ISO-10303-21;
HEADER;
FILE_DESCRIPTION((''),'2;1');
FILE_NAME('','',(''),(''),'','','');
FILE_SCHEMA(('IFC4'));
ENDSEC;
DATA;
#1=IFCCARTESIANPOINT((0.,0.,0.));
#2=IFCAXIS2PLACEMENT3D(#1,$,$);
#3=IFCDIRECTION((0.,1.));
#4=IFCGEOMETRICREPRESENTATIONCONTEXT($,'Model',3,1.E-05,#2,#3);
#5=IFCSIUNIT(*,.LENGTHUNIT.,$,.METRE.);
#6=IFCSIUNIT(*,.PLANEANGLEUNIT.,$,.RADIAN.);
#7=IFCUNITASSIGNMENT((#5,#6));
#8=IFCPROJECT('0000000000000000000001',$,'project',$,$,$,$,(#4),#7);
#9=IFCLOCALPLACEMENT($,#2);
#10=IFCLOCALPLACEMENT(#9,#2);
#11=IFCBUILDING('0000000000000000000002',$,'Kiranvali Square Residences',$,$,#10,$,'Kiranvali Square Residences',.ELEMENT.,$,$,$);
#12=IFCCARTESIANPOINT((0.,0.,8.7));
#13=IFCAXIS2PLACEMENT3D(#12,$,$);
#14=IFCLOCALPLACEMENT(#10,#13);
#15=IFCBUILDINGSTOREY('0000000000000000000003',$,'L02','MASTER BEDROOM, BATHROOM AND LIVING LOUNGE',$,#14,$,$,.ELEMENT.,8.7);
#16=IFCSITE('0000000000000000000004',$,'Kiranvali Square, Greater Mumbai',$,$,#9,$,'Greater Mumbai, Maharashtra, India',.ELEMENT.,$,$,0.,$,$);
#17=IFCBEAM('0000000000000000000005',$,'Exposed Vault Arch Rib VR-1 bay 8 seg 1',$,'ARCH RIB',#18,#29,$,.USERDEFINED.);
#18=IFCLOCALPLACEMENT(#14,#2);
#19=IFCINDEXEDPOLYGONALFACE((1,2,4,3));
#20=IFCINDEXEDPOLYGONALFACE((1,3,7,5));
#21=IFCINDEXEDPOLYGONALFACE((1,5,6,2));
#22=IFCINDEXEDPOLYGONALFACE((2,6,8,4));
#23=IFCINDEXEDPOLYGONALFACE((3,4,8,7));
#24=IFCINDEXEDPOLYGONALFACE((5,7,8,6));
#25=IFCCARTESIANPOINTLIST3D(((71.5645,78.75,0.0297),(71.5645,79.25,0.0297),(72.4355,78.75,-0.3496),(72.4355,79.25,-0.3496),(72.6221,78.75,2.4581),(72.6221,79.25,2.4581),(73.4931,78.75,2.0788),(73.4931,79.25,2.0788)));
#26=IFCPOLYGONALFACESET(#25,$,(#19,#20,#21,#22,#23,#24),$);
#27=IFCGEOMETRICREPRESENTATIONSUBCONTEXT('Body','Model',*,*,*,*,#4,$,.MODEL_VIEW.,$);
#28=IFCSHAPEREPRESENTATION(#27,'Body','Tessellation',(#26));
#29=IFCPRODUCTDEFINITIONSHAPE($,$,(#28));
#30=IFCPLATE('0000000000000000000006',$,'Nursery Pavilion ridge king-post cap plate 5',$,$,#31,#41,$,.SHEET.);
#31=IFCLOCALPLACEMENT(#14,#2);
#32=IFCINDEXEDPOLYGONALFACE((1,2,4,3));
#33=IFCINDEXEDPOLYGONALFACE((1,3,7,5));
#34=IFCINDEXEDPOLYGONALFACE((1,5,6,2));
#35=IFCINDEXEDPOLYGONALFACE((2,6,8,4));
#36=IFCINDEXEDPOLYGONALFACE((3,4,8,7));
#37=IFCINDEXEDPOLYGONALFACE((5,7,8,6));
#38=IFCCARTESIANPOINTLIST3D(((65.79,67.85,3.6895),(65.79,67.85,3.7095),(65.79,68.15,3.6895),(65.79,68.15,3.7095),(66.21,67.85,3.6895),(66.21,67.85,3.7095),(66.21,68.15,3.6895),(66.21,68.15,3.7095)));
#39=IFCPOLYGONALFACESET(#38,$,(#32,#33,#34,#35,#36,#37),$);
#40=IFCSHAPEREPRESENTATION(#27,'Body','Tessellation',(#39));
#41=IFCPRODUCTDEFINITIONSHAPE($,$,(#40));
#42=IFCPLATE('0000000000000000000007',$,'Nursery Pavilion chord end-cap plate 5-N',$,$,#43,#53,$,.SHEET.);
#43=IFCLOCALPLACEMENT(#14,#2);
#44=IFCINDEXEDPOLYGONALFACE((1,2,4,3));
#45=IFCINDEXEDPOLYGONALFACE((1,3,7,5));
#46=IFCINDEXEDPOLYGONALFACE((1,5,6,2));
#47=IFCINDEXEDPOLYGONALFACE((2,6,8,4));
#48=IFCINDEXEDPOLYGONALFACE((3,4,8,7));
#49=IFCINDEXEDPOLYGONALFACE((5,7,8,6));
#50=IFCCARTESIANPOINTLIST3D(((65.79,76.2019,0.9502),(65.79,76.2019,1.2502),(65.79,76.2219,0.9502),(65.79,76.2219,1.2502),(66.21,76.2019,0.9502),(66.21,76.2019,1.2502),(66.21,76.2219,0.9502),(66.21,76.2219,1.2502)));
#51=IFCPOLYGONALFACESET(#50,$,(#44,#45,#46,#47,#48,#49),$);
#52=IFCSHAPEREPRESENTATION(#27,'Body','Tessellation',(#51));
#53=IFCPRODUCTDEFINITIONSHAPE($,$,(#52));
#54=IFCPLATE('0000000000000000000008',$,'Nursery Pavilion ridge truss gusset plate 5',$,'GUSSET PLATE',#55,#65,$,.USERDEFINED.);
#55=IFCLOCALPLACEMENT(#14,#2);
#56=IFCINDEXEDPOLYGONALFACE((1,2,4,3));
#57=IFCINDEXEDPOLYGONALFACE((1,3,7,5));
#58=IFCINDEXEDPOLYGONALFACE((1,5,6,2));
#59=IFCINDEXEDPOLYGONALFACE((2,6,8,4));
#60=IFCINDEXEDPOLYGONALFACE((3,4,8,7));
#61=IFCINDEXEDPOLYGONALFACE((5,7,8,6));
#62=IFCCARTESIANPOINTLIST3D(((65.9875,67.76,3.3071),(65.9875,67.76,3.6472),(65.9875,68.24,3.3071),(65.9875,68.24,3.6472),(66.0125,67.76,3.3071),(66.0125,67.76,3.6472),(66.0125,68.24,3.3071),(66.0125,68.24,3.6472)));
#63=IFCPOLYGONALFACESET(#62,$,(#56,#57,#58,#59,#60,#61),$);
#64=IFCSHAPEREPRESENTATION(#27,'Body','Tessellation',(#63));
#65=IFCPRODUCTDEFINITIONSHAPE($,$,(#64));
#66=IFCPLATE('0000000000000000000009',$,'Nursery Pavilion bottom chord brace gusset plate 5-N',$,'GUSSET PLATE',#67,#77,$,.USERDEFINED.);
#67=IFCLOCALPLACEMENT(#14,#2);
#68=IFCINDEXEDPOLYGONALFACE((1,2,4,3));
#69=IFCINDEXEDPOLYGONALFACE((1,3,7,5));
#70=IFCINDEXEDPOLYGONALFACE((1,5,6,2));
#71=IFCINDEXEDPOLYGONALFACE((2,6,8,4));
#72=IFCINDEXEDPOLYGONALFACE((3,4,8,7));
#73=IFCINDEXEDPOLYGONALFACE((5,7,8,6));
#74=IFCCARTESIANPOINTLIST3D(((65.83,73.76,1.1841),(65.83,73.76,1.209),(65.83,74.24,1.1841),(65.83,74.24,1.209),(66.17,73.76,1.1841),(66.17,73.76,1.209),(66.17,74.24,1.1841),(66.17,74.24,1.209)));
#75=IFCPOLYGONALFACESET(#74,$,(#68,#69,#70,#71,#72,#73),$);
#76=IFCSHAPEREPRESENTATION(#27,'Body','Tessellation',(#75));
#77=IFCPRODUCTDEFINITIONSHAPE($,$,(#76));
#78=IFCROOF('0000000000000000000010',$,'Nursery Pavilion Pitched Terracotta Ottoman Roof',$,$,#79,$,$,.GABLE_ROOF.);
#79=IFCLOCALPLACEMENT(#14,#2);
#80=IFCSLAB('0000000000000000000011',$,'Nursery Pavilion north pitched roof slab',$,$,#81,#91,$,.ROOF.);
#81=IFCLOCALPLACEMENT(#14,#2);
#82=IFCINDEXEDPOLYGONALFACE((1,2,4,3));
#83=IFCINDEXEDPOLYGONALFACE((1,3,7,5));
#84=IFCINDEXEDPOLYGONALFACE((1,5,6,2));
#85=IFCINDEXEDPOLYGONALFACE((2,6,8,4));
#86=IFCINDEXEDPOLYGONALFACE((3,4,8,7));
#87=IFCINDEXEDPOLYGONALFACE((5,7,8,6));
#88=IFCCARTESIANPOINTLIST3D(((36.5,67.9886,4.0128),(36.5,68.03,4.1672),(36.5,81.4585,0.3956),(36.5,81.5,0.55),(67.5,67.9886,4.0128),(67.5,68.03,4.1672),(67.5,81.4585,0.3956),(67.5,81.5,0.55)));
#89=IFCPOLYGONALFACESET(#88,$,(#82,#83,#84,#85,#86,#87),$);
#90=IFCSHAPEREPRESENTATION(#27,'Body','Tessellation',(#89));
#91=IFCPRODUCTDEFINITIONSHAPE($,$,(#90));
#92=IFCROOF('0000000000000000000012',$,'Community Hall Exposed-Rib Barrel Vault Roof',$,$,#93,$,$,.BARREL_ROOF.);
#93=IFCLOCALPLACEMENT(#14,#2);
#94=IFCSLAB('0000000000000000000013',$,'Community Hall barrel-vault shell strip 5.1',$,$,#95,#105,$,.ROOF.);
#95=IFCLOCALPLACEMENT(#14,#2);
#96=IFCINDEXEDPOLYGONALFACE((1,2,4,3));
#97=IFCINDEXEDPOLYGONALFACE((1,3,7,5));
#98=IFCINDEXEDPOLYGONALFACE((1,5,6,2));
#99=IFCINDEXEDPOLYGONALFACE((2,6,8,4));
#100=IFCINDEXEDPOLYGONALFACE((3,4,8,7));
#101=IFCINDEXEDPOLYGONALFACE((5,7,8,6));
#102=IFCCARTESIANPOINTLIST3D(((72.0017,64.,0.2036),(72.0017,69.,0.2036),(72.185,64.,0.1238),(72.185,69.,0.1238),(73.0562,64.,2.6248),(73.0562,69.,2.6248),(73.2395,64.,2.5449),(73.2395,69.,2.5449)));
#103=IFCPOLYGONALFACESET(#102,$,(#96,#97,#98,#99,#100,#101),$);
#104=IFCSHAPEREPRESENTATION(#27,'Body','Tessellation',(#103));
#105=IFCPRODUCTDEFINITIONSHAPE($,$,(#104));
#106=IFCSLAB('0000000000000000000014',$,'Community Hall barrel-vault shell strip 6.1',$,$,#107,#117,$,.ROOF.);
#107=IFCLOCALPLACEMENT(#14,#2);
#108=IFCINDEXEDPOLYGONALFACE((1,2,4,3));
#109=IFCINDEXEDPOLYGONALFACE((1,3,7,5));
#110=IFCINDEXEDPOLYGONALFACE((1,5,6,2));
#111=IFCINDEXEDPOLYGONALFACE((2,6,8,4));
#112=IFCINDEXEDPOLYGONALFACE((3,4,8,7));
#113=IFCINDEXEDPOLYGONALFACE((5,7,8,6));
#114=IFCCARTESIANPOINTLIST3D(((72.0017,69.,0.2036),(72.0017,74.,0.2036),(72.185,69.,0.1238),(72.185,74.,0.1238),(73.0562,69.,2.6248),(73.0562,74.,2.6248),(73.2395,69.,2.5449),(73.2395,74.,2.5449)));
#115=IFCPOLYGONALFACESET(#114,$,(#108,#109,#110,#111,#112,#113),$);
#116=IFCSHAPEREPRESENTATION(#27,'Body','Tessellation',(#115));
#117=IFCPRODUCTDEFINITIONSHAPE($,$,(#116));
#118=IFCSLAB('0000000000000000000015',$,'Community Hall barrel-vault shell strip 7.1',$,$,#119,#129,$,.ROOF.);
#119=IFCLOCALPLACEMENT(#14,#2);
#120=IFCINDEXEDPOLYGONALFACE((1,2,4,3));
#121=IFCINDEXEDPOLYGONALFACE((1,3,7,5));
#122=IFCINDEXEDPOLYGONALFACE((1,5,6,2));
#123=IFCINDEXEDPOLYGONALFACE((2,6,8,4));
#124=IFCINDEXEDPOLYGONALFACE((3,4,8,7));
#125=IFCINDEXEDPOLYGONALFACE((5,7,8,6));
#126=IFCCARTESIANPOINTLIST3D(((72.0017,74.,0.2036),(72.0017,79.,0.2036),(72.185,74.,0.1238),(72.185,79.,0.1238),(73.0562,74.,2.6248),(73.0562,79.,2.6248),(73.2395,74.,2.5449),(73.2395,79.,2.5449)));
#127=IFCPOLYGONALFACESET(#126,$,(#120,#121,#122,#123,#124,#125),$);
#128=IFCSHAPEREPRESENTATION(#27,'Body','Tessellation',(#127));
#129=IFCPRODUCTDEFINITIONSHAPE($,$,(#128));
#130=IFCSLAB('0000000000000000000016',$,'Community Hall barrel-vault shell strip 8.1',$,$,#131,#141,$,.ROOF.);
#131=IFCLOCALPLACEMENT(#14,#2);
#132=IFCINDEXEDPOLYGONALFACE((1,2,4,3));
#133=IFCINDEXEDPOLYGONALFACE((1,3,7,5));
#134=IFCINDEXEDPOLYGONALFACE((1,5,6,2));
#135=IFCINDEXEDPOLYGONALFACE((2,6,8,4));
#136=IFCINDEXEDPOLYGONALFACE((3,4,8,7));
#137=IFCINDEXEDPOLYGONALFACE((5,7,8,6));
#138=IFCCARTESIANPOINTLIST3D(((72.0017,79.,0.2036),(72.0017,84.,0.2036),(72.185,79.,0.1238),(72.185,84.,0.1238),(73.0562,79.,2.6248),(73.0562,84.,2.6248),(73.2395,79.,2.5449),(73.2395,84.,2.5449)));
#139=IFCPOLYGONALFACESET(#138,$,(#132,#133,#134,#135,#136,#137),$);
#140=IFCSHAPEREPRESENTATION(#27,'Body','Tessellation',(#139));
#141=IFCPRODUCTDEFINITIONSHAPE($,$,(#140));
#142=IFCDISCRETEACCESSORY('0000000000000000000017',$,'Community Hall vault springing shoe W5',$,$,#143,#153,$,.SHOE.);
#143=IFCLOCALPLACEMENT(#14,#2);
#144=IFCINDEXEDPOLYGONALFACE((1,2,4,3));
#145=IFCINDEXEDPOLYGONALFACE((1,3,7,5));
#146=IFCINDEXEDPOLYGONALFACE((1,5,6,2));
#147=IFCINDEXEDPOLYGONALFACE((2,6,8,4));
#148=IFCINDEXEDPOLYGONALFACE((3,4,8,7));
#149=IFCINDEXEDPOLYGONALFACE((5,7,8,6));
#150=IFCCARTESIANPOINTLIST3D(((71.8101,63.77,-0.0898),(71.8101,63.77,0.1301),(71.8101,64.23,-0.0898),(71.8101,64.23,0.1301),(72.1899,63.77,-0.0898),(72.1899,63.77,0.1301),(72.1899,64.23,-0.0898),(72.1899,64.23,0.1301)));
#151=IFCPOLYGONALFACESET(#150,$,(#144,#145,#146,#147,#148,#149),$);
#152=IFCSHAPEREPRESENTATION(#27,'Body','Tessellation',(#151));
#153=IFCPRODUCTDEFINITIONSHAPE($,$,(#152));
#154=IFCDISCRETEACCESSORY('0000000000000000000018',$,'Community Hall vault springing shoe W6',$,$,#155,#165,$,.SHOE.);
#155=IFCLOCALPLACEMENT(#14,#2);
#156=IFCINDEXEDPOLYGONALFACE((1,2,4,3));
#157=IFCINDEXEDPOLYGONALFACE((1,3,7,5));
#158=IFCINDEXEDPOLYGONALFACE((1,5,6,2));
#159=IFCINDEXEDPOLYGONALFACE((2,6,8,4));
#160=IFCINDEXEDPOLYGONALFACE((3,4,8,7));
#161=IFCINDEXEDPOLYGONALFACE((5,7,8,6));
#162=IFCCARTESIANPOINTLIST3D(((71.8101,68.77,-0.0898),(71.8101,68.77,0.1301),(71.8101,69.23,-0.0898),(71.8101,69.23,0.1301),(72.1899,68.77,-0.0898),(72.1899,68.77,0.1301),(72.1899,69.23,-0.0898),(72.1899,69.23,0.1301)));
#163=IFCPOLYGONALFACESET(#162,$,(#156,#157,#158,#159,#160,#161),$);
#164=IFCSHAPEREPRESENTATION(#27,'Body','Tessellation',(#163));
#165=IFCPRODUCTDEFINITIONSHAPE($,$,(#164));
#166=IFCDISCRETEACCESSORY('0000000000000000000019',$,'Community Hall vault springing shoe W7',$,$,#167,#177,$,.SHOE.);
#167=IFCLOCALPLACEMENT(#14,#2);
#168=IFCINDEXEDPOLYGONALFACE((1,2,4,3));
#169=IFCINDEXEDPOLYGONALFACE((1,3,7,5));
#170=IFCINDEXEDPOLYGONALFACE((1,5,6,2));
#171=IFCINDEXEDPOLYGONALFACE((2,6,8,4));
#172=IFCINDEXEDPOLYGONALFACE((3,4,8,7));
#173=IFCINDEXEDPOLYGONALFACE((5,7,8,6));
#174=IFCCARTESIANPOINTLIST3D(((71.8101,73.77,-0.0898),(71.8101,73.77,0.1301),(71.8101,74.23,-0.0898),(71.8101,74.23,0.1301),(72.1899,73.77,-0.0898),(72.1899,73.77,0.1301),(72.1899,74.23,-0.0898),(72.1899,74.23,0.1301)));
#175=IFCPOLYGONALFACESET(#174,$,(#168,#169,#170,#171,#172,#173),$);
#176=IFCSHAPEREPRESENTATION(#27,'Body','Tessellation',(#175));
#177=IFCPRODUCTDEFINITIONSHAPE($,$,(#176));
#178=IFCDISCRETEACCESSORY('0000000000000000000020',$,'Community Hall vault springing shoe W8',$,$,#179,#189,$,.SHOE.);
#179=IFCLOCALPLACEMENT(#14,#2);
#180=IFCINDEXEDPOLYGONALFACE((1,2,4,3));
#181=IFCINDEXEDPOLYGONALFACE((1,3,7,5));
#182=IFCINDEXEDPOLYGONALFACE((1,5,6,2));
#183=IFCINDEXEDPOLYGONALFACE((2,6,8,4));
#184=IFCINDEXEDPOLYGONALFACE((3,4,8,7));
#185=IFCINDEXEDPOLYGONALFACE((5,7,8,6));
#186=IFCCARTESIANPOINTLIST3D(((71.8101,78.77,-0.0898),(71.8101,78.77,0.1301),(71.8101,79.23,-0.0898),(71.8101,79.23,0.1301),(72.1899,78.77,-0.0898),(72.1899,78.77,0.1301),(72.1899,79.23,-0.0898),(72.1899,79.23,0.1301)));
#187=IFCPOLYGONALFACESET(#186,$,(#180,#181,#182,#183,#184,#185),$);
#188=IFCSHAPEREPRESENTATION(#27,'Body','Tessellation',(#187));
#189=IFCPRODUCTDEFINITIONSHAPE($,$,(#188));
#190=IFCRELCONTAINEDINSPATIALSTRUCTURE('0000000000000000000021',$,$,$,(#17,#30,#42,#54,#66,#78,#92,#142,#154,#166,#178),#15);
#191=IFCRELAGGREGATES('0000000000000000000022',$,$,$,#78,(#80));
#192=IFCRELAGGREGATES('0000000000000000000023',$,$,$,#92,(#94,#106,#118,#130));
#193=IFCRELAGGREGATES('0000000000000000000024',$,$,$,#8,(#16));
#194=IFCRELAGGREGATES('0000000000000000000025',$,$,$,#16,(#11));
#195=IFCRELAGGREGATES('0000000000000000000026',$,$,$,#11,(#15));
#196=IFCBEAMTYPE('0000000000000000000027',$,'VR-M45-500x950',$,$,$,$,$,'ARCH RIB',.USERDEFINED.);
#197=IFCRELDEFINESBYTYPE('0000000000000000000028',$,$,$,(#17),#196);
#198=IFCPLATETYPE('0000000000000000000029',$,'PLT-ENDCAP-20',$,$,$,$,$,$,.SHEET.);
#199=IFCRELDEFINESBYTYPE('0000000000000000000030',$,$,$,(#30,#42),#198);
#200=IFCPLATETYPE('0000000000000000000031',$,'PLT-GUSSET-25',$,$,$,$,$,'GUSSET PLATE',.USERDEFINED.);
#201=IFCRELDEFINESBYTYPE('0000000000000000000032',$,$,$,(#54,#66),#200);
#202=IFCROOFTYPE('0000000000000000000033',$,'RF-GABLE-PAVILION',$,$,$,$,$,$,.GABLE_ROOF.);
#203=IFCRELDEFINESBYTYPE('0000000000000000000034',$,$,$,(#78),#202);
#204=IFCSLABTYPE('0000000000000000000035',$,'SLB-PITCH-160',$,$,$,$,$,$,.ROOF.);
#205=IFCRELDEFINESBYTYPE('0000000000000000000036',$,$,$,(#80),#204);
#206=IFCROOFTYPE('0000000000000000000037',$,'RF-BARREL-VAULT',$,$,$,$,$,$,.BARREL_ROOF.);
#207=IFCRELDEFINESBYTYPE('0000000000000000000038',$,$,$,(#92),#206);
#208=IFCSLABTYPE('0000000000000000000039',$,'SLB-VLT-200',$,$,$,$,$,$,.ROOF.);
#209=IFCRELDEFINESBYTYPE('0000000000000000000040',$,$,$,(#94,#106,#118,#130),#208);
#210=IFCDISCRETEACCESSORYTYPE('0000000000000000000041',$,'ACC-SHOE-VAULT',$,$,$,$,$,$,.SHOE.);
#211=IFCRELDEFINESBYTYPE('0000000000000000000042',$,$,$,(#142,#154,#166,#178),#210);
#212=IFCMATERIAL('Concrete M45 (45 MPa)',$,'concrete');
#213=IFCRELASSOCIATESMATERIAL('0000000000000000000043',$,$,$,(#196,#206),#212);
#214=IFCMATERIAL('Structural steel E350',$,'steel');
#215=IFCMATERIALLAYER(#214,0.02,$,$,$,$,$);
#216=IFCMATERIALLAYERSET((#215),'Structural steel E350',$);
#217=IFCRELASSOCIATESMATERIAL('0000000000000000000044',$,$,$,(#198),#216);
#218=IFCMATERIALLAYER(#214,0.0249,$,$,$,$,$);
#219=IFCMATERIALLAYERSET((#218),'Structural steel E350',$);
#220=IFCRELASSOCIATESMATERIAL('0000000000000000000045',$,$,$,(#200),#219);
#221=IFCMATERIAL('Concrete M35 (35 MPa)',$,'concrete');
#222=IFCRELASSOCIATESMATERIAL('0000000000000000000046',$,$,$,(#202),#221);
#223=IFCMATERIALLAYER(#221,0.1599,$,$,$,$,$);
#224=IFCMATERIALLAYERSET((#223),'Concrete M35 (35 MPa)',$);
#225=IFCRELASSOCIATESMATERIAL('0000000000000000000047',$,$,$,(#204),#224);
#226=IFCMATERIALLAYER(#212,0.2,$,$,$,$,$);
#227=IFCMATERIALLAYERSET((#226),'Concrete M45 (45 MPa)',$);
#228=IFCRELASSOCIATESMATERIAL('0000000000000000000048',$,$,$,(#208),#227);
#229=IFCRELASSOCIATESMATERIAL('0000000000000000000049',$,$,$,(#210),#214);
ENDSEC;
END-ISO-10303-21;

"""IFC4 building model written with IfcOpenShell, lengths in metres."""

from ifc_helpers import new_model, si_unit, direction, frame, origin, origin_2d, place, context, subcontext, project, spatial, polyline, rectangle, outline, extrude, material, layer, layer_set, material_profile, profile_set, type_object, element, aggregate, save


model = new_model("IFC4")

# Units and contexts
model_context = context("Model", 3, precision=1e-05, world=origin(), true_north=direction((0.0, 1.0)))
body_context = subcontext(model_context, "Body", "Model", "MODEL_VIEW")
ifc_project = project(units=[si_unit("LENGTHUNIT", "METRE"), si_unit("PLANEANGLEUNIT", "RADIAN")], contexts=[model_context])

# Site, building, storey
site_placement = place(None, origin())
site = spatial("IfcSite", under=ifc_project, at=site_placement, Name="Kiranvali Square, Greater Mumbai", LongName="Greater Mumbai, Maharashtra, India", CompositionType="ELEMENT", RefElevation=0.0)
building_placement = place(site_placement, origin())
building = spatial("IfcBuilding", under=site, at=building_placement, Name="Kiranvali Square Residences", LongName="Kiranvali Square Residences", CompositionType="ELEMENT")
storey_placement = place(building_placement, frame((0.0, 0.0, 8.7)))
storey = spatial("IfcBuildingStorey", under=building, at=storey_placement, Name="L02", Description="MASTER BEDROOM, BATHROOM AND LIVING LOUNGE", CompositionType="ELEMENT", Elevation=8.7)

# Shared definitions
ifc_material_1 = material(Name="Structural steel E350", Category="steel")

# Beam
ifc_material_2 = material(Name="Concrete M45 (45 MPa)", Category="concrete")
ifc_material_profile_1 = material_profile(ifc_material_2, rectangle(XDim=0.5, YDim=0.95, at=origin_2d()), Name="RC 500x950")
ifc_profile_set_1 = profile_set([ifc_material_profile_1], Name="Concrete M45 (45 MPa)")
beam_type_1 = type_object("IfcBeamType", Name="VR-M45-500x950", ElementType="ARCH RIB", PredefinedType="USERDEFINED", material=ifc_profile_set_1)
for number, where, z_axis, x_axis, name in (
    (1, (72.0, 79.0, -0.1599), (0.399286, 0.0, 0.916827), (0.0, 1.0, 0.0), "Exposed Vault Arch Rib VR-1 bay 8 seg 1"),
):
    element("IfcBeam", number, at=place(storey_placement, frame(where, z_axis=z_axis, x_axis=x_axis)), inside=storey, type_object=beam_type_1, Name=name, ObjectType="ARCH RIB", PredefinedType="USERDEFINED", context=body_context, shape_type="SweptSolid", body=[
        extrude(rectangle(XDim=0.5, YDim=0.95, at=origin_2d()), origin(), (0.0, 0.0, 1.0), 2.6487),
    ])

# Plates
ifc_layer_1 = layer(ifc_material_1, 0.02)
ifc_layer_set_1 = layer_set([ifc_layer_1], Name="Structural steel E350")
plate_type_1 = type_object("IfcPlateType", Name="PLT-ENDCAP-20", PredefinedType="SHEET", material=ifc_layer_set_1)
plate_1_placement = place(storey_placement, frame((66.0, 68.0, 3.6895), z_axis=(0.0, 0.0, 1.0), x_axis=(1.0, 0.0, 0.0)))
element("IfcPlate", 2, at=plate_1_placement, inside=storey, type_object=plate_type_1, Name="Nursery Pavilion ridge king-post cap plate 5", PredefinedType="SHEET", context=body_context, shape_type="SweptSolid", body=[
    extrude(rectangle(XDim=0.4199, YDim=0.3, at=origin_2d()), origin(), (0.0, 0.0, 1.0), 0.02),
])
plate_2_placement = place(storey_placement, frame((66.0, 76.2119, 0.9502), z_axis=(0.0, 0.0, 1.0), x_axis=(1.0, 0.0, 0.0)))
element("IfcPlate", 3, at=plate_2_placement, inside=storey, type_object=plate_type_1, Name="Nursery Pavilion chord end-cap plate 5-N", PredefinedType="SHEET", context=body_context, shape_type="SweptSolid", body=[
    extrude(rectangle(XDim=0.4199, YDim=0.02, at=origin_2d()), origin(), (0.0, 0.0, 1.0), 0.3),
])
ifc_layer_2 = layer(ifc_material_1, 0.0249)
ifc_layer_set_2 = layer_set([ifc_layer_2], Name="Structural steel E350")
plate_type_2 = type_object("IfcPlateType", Name="PLT-GUSSET-25", ElementType="GUSSET PLATE", PredefinedType="USERDEFINED", material=ifc_layer_set_2)
plate_3_placement = place(storey_placement, frame((66.0, 68.0, 3.3071), z_axis=(0.0, 0.0, 1.0), x_axis=(1.0, 0.0, 0.0)))
element("IfcPlate", 4, at=plate_3_placement, inside=storey, type_object=plate_type_2, Name="Nursery Pavilion ridge truss gusset plate 5", ObjectType="GUSSET PLATE", PredefinedType="USERDEFINED", context=body_context, shape_type="SweptSolid", body=[
    extrude(rectangle(XDim=0.0249, YDim=0.48, at=origin_2d()), origin(), (0.0, 0.0, 1.0), 0.3401),
])
plate_4_placement = place(storey_placement, frame((66.0, 74.0, 1.1841), z_axis=(0.0, 0.0, 1.0), x_axis=(1.0, 0.0, 0.0)))
element("IfcPlate", 5, at=plate_4_placement, inside=storey, type_object=plate_type_2, Name="Nursery Pavilion bottom chord brace gusset plate 5-N", ObjectType="GUSSET PLATE", PredefinedType="USERDEFINED", context=body_context, shape_type="SweptSolid", body=[
    extrude(rectangle(XDim=0.3401, YDim=0.48, at=origin_2d()), origin(), (0.0, 0.0, 1.0), 0.0249),
])

# Roof, slab
ifc_material_3 = material(Name="Concrete M35 (35 MPa)", Category="concrete")
roof_type_1 = type_object("IfcRoofType", Name="RF-GABLE-PAVILION", PredefinedType="GABLE_ROOF", material=ifc_material_3)
roof_1_placement = place(storey_placement, origin())
roof_1 = element("IfcRoof", 6, at=roof_1_placement, inside=storey, type_object=roof_type_1, Name="Nursery Pavilion Pitched Terracotta Ottoman Roof", PredefinedType="GABLE_ROOF")
ifc_layer_3 = layer(ifc_material_3, 0.1599)
ifc_layer_set_3 = layer_set([ifc_layer_3], Name="Concrete M35 (35 MPa)")
slab_type_1 = type_object("IfcSlabType", Name="SLB-PITCH-160", PredefinedType="ROOF", material=ifc_layer_set_3)
slab_1_placement = place(storey_placement, frame((67.5, 81.5, 0.55), z_axis=(0.0, 0.259349, 0.965784), x_axis=(-1.0, 0.0, 0.0)))
slab_1 = element("IfcSlab", 7, at=slab_1_placement, type_object=slab_type_1, Name="Nursery Pavilion north pitched roof slab", PredefinedType="ROOF", context=body_context, shape_type="SweptSolid", body=[
    extrude(outline(polyline([(0.0, 0.0), (31.0, 0.0), (31.0, 13.9472), (0.0, 13.9472), (0.0, 0.0)])), origin(), (0.0, 0.0, -1.0), 0.1599),
])
aggregate(roof_1, [slab_1])

# Roof, slabs
roof_type_2 = type_object("IfcRoofType", Name="RF-BARREL-VAULT", PredefinedType="BARREL_ROOF", material=ifc_material_2)
roof_2_placement = place(storey_placement, origin())
roof_2 = element("IfcRoof", 8, at=roof_2_placement, inside=storey, type_object=roof_type_2, Name="Community Hall Exposed-Rib Barrel Vault Roof", PredefinedType="BARREL_ROOF")
ifc_layer_4 = layer(ifc_material_2, 0.2)
ifc_layer_set_4 = layer_set([ifc_layer_4], Name="Concrete M45 (45 MPa)")
slab_type_2 = type_object("IfcSlabType", Name="SLB-VLT-200", PredefinedType="ROOF", material=ifc_layer_set_4)
slab_2_placement = place(storey_placement, frame((72.0017, 64.0, 0.2036), z_axis=(-0.916824, 0.0, 0.399291), x_axis=(0.399291, 0.0, 0.916824)))
slab_2 = element("IfcSlab", 9, at=slab_2_placement, type_object=slab_type_2, Name="Community Hall barrel-vault shell strip 5.1", PredefinedType="ROOF", context=body_context, shape_type="SweptSolid", body=[
    extrude(outline(polyline([(0.0, 0.0), (2.6408, 0.0), (2.6408, 5.0), (0.0, 5.0), (0.0, 0.0)])), origin(), (0.0, 0.0, -1.0), 0.2),
])
slab_3_placement = place(storey_placement, frame((72.0017, 69.0, 0.2036), z_axis=(-0.916824, 0.0, 0.399291), x_axis=(0.399291, 0.0, 0.916824)))
slab_3 = element("IfcSlab", 10, at=slab_3_placement, type_object=slab_type_2, Name="Community Hall barrel-vault shell strip 6.1", PredefinedType="ROOF", context=body_context, shape_type="SweptSolid", body=[
    extrude(outline(polyline([(0.0, 0.0), (2.6408, 0.0), (2.6408, 5.0), (0.0, 5.0), (0.0, 0.0)])), origin(), (0.0, 0.0, -1.0), 0.2),
])
slab_4_placement = place(storey_placement, frame((72.0017, 74.0, 0.2036), z_axis=(-0.916824, 0.0, 0.399291), x_axis=(0.399291, 0.0, 0.916824)))
slab_4 = element("IfcSlab", 11, at=slab_4_placement, type_object=slab_type_2, Name="Community Hall barrel-vault shell strip 7.1", PredefinedType="ROOF", context=body_context, shape_type="SweptSolid", body=[
    extrude(outline(polyline([(0.0, 0.0), (2.6408, 0.0), (2.6408, 5.0), (0.0, 5.0), (0.0, 0.0)])), origin(), (0.0, 0.0, -1.0), 0.2),
])
slab_5_placement = place(storey_placement, frame((72.0017, 79.0, 0.2036), z_axis=(-0.916824, 0.0, 0.399291), x_axis=(0.399291, 0.0, 0.916824)))
slab_5 = element("IfcSlab", 12, at=slab_5_placement, type_object=slab_type_2, Name="Community Hall barrel-vault shell strip 8.1", PredefinedType="ROOF", context=body_context, shape_type="SweptSolid", body=[
    extrude(outline(polyline([(0.0, 0.0), (2.6408, 0.0), (2.6408, 5.0), (0.0, 5.0), (0.0, 0.0)])), origin(), (0.0, 0.0, -1.0), 0.2),
])
aggregate(roof_2, [slab_2, slab_3, slab_4, slab_5])

# Discrete accessories
discrete_accessory_type = type_object("IfcDiscreteAccessoryType", Name="ACC-SHOE-VAULT", PredefinedType="SHOE", material=ifc_material_1)
for number, where, z_axis, x_axis, name in (
    (13, (72.0, 64.0, -0.0898), (0.0, 0.0, 1.0), (1.0, 0.0, 0.0), "Community Hall vault springing shoe W5"),
    (14, (72.0, 69.0, -0.0898), (0.0, 0.0, 1.0), (1.0, 0.0, 0.0), "Community Hall vault springing shoe W6"),
    (15, (72.0, 74.0, -0.0898), (0.0, 0.0, 1.0), (1.0, 0.0, 0.0), "Community Hall vault springing shoe W7"),
    (16, (72.0, 79.0, -0.0898), (0.0, 0.0, 1.0), (1.0, 0.0, 0.0), "Community Hall vault springing shoe W8"),
):
    element("IfcDiscreteAccessory", number, at=place(storey_placement, frame(where, z_axis=z_axis, x_axis=x_axis)), inside=storey, type_object=discrete_accessory_type, Name=name, PredefinedType="SHOE", context=body_context, shape_type="SweptSolid", body=[
        extrude(rectangle(XDim=0.3799, YDim=0.46, at=origin_2d()), origin(), (0.0, 0.0, 1.0), 0.22),
    ])

save(model, "model.ifc")
